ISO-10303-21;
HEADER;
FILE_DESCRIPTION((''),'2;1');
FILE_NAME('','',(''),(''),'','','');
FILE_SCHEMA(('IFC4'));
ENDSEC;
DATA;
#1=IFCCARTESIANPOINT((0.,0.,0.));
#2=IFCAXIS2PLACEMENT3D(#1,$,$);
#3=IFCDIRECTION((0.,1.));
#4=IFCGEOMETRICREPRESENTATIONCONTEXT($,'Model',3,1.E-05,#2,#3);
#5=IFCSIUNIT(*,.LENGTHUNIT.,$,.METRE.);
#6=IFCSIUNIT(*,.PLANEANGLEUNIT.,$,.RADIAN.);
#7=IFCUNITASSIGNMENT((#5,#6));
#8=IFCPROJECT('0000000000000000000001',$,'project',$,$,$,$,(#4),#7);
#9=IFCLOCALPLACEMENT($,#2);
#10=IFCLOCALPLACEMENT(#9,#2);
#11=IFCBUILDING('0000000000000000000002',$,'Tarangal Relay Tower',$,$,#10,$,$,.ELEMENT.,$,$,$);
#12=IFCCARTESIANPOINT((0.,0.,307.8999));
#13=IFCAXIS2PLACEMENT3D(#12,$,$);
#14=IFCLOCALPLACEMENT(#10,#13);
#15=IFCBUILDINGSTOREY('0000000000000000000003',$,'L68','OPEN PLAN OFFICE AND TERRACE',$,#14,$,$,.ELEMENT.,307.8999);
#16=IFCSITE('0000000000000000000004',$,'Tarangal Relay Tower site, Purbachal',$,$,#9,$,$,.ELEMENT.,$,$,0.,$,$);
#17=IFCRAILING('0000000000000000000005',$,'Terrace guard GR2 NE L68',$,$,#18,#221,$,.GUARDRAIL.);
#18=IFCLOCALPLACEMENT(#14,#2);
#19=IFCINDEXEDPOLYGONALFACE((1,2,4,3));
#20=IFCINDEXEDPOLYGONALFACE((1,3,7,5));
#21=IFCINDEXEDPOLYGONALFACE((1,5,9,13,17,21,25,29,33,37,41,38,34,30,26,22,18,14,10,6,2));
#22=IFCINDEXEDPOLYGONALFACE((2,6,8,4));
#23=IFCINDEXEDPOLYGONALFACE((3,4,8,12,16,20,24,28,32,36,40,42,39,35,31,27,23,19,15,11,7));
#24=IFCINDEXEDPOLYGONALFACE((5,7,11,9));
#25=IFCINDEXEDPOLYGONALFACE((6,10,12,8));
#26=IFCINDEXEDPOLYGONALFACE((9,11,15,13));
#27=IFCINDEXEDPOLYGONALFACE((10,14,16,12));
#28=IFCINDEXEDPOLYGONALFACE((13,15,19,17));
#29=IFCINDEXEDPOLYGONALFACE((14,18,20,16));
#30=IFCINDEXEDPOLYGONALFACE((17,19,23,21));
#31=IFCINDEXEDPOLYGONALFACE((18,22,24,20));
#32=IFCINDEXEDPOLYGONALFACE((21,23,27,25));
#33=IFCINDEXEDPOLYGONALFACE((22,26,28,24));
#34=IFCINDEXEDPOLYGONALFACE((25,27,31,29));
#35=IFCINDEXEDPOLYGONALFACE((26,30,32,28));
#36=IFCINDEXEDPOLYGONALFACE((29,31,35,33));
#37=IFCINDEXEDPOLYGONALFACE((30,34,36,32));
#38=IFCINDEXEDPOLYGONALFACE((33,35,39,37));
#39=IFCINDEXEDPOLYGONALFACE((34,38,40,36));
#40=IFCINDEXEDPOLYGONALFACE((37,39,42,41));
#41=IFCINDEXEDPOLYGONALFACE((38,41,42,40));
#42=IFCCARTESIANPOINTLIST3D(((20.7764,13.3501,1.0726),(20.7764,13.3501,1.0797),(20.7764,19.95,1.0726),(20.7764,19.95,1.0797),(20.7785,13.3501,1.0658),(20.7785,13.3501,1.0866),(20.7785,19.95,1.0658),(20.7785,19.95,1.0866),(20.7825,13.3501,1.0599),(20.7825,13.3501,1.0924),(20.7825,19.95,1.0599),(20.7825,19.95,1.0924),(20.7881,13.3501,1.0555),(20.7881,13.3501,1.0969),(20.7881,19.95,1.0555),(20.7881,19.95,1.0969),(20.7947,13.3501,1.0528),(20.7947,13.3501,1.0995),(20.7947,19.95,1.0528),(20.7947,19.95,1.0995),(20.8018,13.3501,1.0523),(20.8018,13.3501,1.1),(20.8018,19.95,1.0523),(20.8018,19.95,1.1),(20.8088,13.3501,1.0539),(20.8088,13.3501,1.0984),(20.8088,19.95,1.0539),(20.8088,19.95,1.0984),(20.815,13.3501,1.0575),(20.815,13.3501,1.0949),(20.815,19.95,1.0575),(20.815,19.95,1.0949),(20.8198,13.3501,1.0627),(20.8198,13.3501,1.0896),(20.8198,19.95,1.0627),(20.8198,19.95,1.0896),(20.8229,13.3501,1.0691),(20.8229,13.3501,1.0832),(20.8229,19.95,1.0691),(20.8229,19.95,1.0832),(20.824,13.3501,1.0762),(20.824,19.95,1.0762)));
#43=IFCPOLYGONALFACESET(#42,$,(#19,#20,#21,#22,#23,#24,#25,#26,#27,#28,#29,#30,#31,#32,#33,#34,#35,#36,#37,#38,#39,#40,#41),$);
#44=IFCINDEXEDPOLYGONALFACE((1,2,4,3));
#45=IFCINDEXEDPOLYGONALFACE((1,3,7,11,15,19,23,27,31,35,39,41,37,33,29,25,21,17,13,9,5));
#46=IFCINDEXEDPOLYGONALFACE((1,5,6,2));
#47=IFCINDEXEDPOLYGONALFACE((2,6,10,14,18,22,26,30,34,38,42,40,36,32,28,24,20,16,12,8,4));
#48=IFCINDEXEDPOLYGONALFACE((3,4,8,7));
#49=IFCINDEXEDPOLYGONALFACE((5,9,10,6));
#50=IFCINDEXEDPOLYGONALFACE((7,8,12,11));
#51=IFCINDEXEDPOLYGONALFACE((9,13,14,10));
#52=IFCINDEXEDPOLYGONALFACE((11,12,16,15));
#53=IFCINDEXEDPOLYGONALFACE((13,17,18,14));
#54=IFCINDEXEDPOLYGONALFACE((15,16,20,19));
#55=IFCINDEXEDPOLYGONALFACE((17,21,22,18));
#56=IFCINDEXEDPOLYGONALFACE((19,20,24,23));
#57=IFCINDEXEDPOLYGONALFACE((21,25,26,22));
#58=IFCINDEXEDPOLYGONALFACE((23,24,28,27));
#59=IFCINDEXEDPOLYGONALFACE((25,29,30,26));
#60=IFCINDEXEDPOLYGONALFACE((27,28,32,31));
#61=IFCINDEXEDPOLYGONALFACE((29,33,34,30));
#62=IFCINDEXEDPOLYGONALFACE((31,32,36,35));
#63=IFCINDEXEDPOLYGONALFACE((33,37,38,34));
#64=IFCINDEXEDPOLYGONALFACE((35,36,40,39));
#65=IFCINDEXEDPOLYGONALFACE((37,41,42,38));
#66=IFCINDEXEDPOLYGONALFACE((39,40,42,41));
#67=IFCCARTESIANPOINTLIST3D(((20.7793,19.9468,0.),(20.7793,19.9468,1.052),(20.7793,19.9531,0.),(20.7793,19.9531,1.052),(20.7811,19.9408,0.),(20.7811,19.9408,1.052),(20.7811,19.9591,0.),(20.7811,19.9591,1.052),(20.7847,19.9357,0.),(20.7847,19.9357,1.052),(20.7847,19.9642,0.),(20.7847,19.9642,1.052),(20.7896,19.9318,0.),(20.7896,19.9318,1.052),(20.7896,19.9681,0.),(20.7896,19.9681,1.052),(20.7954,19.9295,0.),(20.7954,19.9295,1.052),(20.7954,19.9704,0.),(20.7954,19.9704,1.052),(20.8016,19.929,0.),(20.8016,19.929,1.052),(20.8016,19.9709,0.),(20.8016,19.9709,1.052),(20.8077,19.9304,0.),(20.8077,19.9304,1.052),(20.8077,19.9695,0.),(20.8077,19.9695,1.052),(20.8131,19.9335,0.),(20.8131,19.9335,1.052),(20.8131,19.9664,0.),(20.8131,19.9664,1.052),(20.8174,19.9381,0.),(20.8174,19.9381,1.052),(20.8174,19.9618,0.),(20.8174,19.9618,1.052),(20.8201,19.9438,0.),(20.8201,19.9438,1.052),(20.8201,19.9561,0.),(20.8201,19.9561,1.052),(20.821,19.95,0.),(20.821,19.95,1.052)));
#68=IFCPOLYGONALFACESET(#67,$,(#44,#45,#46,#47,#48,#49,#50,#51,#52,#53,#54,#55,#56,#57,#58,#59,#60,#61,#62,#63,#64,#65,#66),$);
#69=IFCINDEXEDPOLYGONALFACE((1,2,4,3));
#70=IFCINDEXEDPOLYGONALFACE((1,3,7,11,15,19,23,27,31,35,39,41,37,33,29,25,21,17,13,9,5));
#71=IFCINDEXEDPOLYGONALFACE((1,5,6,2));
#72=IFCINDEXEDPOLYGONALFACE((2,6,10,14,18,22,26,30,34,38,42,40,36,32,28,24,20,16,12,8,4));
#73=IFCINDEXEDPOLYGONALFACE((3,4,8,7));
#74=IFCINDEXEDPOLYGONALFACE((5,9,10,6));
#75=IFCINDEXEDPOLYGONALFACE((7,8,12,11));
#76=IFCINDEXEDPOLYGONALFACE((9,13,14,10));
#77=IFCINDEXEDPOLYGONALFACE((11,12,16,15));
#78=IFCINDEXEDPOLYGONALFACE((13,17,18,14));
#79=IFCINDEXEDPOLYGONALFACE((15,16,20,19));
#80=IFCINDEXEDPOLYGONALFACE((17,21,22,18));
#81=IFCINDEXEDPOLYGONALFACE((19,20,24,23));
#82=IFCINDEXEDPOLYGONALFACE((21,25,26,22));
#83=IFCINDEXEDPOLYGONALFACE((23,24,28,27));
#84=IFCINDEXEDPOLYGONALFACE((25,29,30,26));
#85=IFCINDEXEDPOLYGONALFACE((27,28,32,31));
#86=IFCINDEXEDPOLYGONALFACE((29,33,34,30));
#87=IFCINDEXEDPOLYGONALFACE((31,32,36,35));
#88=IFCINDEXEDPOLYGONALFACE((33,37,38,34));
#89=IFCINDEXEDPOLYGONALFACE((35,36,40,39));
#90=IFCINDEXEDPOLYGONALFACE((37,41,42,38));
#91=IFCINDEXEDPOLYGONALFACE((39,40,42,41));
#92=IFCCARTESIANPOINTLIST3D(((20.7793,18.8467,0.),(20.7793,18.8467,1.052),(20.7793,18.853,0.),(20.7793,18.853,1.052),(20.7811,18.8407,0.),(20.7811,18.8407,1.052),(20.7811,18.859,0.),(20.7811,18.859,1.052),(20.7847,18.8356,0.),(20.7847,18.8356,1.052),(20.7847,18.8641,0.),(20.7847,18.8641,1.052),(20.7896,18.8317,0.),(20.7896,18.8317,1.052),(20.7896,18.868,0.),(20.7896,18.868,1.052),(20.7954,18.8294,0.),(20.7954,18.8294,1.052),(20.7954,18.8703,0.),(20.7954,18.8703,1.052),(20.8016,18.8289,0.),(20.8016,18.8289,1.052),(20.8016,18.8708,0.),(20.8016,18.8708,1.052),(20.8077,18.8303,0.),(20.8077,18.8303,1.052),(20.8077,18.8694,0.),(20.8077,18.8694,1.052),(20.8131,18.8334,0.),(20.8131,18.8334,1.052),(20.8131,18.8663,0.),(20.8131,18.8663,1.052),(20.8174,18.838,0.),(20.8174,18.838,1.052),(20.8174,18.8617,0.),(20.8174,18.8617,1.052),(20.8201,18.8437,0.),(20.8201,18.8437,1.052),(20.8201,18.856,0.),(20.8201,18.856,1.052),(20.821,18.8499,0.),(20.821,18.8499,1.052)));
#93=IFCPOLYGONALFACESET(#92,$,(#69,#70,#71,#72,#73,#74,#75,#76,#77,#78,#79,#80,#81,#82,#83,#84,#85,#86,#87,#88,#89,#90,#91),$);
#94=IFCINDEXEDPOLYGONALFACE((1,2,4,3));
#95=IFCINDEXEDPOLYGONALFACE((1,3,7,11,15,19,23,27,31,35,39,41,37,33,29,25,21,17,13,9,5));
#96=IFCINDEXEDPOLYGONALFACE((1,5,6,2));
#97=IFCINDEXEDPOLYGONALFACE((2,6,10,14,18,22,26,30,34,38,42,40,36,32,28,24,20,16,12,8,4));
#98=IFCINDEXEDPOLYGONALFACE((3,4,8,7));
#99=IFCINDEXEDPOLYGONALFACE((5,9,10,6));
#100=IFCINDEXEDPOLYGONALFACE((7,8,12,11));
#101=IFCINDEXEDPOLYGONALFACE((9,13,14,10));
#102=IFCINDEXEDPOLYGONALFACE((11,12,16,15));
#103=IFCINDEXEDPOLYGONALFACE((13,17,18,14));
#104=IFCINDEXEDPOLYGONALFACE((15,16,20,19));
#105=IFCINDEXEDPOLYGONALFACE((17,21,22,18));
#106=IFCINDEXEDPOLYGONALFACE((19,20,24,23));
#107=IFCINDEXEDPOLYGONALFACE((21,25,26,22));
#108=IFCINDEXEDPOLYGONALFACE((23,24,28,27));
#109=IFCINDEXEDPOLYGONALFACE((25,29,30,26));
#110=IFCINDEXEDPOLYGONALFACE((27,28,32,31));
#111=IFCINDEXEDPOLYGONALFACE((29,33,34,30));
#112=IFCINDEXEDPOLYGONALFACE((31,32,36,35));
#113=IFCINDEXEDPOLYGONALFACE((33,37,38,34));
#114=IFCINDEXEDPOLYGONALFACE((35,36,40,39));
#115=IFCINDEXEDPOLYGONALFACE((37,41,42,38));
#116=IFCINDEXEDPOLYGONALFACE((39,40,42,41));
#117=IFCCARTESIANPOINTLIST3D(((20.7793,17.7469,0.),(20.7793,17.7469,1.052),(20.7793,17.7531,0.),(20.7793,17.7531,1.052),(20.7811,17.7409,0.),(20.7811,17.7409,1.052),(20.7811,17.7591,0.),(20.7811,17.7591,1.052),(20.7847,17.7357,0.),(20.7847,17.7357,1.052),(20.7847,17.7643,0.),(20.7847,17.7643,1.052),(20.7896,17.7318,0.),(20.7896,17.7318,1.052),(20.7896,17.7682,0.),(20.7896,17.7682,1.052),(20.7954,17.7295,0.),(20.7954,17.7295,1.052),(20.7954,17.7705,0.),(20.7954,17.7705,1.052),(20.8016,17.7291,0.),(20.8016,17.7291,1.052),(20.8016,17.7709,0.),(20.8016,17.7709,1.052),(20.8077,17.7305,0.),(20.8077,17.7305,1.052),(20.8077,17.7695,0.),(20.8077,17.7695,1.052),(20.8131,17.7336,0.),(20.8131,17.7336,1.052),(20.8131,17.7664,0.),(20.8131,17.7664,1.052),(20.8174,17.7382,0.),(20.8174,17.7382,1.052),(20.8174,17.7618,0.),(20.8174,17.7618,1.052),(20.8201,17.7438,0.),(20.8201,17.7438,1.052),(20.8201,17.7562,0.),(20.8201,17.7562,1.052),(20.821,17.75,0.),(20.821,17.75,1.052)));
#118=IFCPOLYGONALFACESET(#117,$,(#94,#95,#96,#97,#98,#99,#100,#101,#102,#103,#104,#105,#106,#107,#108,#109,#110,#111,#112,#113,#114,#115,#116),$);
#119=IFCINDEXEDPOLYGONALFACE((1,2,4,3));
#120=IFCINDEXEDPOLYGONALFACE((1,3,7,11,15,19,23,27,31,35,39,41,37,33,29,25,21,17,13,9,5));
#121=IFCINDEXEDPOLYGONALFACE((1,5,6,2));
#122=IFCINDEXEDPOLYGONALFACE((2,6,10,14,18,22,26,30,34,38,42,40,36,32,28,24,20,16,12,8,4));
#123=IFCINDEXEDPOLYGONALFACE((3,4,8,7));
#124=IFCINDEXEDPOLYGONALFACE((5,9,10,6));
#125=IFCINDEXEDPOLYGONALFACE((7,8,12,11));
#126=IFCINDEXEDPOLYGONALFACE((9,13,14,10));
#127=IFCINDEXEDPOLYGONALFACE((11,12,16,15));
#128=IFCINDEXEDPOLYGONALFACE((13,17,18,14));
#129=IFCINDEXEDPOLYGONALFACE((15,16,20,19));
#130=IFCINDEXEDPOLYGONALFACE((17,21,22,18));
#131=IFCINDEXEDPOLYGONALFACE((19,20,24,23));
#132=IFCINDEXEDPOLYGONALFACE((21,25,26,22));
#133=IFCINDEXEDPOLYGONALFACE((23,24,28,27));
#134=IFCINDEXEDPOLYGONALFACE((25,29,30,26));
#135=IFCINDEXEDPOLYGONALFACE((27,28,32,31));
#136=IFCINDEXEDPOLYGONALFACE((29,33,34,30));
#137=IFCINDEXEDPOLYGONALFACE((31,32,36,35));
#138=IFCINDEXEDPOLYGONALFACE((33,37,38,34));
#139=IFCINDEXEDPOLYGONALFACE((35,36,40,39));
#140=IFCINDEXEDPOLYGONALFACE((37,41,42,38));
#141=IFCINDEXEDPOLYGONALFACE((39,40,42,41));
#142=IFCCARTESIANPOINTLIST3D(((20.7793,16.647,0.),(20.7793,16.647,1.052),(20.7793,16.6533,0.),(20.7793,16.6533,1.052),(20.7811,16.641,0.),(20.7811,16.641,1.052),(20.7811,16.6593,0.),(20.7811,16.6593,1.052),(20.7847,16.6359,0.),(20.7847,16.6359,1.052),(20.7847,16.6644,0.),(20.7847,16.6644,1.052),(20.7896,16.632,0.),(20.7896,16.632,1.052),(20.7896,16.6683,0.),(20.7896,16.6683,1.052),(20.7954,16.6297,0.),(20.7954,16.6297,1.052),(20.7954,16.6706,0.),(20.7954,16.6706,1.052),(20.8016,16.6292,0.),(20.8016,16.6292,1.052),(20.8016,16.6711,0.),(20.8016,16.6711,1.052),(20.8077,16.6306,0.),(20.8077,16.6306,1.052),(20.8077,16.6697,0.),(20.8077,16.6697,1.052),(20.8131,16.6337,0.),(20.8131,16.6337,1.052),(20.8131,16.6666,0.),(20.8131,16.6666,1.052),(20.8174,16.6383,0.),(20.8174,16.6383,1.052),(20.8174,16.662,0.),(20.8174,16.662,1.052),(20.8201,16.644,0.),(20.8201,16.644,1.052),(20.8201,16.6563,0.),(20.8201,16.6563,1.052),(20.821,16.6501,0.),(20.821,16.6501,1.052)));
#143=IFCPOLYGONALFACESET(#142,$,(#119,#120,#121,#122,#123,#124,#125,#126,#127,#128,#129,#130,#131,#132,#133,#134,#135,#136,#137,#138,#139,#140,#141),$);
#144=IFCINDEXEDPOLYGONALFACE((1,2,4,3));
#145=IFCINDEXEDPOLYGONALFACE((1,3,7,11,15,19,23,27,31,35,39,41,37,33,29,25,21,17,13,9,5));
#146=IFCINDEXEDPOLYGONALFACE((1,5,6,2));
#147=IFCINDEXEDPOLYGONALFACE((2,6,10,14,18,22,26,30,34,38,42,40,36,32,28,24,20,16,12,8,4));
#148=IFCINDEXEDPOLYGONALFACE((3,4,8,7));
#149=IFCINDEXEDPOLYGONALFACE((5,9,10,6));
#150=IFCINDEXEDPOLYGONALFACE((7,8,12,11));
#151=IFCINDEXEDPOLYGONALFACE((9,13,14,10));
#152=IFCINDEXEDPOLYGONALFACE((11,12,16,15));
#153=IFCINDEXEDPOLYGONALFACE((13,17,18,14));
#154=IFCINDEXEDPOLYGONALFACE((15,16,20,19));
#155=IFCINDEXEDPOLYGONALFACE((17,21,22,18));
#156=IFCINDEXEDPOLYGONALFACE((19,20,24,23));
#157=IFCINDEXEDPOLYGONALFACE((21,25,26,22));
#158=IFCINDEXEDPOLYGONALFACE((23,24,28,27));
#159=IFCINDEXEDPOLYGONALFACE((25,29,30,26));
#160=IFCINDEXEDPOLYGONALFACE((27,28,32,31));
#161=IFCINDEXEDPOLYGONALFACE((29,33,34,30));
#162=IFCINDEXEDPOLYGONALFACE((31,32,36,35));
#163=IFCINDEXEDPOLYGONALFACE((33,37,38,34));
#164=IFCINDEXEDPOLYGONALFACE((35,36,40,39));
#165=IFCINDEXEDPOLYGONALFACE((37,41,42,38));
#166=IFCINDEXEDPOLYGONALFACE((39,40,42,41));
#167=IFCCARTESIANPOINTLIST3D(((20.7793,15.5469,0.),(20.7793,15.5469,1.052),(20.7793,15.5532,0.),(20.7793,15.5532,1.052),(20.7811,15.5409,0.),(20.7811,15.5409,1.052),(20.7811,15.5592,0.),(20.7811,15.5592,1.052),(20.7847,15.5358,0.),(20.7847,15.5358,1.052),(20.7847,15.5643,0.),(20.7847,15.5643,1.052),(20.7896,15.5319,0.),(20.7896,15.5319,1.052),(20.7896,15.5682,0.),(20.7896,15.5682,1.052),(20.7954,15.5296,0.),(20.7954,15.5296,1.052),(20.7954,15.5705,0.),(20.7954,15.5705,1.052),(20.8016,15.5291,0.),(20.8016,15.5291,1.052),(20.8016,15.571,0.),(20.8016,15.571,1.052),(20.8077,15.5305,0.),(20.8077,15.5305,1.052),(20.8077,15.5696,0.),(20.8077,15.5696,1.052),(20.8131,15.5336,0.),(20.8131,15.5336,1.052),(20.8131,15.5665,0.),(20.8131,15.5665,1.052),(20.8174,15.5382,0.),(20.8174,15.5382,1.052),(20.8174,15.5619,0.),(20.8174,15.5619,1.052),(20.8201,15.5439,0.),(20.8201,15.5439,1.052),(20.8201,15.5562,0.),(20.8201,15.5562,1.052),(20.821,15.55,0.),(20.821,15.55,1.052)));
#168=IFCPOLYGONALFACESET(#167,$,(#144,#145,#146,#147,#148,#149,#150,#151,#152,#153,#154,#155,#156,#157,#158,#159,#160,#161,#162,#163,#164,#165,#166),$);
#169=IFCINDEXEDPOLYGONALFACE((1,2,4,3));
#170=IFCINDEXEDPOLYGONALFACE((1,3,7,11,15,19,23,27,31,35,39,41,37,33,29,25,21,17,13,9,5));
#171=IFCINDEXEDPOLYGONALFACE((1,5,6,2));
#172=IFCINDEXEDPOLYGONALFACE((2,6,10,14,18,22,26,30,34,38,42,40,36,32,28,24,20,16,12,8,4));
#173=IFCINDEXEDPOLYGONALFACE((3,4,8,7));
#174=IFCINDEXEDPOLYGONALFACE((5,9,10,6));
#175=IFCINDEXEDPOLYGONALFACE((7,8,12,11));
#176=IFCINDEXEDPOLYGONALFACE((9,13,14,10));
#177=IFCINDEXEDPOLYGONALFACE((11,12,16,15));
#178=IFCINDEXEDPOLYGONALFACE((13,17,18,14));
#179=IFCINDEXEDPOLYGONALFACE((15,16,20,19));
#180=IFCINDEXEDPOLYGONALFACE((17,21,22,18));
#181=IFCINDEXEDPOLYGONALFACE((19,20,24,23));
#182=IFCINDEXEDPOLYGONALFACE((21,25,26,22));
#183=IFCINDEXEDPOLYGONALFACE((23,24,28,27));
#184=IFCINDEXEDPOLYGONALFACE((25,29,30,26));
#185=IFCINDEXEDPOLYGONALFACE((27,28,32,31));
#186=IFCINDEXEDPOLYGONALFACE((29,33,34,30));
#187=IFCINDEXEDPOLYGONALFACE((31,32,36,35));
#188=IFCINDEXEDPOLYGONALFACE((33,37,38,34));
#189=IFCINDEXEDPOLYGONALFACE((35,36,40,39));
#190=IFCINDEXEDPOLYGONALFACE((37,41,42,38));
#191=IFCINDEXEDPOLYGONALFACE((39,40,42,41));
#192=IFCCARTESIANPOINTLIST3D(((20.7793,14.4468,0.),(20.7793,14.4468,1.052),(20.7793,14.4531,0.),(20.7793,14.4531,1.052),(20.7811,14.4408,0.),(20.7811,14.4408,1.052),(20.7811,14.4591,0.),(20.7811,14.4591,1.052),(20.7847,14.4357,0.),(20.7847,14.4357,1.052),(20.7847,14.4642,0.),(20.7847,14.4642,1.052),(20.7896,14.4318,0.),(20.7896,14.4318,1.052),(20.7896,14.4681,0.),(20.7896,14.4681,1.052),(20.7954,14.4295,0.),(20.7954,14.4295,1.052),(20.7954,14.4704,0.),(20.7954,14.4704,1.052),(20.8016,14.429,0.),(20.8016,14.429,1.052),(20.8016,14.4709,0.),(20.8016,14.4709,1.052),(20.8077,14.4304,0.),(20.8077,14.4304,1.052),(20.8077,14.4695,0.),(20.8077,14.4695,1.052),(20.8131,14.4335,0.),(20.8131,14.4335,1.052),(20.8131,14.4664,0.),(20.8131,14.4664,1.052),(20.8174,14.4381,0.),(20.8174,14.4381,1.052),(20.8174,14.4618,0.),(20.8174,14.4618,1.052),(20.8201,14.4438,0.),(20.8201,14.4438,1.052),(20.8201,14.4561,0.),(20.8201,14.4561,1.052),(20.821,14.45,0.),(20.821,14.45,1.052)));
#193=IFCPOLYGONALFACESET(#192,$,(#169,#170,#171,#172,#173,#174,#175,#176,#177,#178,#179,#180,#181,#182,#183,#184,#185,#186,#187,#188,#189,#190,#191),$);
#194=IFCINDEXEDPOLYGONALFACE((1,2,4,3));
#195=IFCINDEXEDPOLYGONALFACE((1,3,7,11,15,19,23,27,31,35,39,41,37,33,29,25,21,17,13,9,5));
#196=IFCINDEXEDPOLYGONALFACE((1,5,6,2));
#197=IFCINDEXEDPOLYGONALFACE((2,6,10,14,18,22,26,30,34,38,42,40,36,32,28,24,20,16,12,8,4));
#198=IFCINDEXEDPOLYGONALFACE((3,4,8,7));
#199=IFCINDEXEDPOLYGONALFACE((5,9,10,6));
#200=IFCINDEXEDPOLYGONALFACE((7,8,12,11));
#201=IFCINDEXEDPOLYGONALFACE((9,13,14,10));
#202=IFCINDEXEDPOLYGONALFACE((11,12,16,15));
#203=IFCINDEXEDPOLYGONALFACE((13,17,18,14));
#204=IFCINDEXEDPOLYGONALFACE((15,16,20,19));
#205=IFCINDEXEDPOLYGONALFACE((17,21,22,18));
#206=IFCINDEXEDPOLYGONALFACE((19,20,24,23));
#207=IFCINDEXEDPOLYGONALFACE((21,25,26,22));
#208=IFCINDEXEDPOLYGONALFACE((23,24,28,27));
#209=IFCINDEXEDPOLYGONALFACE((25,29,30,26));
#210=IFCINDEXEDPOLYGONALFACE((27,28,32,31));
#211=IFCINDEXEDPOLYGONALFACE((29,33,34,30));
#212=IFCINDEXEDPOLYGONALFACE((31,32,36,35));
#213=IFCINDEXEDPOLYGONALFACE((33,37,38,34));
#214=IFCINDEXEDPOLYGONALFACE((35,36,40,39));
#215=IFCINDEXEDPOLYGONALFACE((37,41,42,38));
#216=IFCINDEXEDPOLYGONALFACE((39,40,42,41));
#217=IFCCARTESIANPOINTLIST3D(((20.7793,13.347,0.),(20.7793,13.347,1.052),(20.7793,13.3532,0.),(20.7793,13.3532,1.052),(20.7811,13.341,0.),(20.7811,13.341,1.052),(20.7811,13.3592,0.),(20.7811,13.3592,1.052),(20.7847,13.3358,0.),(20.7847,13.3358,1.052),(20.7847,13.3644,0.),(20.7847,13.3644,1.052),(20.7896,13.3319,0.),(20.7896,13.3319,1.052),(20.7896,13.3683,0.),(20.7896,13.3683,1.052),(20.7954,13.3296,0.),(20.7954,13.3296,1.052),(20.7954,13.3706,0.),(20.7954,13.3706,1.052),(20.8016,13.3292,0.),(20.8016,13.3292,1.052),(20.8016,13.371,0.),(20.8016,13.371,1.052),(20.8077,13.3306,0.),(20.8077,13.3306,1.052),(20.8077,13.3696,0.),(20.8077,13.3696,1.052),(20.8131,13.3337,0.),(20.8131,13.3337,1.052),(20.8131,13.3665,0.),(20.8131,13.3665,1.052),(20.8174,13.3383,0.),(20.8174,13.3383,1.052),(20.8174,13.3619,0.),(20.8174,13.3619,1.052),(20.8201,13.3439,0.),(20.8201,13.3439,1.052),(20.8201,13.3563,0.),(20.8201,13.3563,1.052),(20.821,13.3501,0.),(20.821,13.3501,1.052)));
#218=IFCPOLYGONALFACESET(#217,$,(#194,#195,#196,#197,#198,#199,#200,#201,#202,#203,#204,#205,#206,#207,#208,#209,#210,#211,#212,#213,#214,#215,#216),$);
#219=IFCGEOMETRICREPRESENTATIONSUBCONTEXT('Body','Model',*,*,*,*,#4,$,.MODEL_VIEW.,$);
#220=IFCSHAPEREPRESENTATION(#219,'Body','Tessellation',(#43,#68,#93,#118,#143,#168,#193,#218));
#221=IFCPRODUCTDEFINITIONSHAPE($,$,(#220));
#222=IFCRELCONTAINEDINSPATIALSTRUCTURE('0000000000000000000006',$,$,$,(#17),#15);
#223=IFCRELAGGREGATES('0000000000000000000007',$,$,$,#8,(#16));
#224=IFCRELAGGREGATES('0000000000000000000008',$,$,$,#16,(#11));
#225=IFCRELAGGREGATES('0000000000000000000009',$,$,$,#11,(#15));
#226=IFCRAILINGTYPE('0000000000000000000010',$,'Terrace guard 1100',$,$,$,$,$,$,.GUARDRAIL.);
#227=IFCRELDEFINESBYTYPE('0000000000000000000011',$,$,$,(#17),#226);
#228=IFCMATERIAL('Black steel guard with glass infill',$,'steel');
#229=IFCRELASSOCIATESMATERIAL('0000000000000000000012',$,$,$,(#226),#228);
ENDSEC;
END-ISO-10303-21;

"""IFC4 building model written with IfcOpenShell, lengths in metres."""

from ifc_helpers import new_model, si_unit, direction, frame, origin, origin_2d, place, context, subcontext, project, spatial, circle, extrude, material, type_object, element, save


model = new_model("IFC4")

# Units and contexts
model_context = context("Model", 3, precision=1e-05, world=origin(), true_north=direction((0.0, 1.0)))
body_context = subcontext(model_context, "Body", "Model", "MODEL_VIEW")
ifc_project = project(units=[si_unit("LENGTHUNIT", "METRE"), si_unit("PLANEANGLEUNIT", "RADIAN")], contexts=[model_context])

# Site, building, storey
site_placement = place(None, origin())
site = spatial("IfcSite", under=ifc_project, at=site_placement, Name="Tarangal Relay Tower site, Purbachal", CompositionType="ELEMENT", RefElevation=0.0)
building_placement = place(site_placement, origin())
building = spatial("IfcBuilding", under=site, at=building_placement, Name="Tarangal Relay Tower", CompositionType="ELEMENT")
storey_placement = place(building_placement, frame((0.0, 0.0, 307.8999)))
storey = spatial("IfcBuildingStorey", under=building, at=storey_placement, Name="L68", Description="OPEN PLAN OFFICE AND TERRACE", CompositionType="ELEMENT", Elevation=307.8999)

# Railing
ifc_material_1 = material(Name="Black steel guard with glass infill", Category="steel")
railing_type = type_object("IfcRailingType", Name="Terrace guard 1100", PredefinedType="GUARDRAIL", material=ifc_material_1)
railing_1_placement = place(storey_placement, frame((20.8, 19.95, 0.0)))
element("IfcRailing", 1, at=railing_1_placement, inside=storey, type_object=railing_type, Name="Terrace guard GR2 NE L68", PredefinedType="GUARDRAIL", context=body_context, shape_type="SweptSolid", body=[
    extrude(circle(Radius=0.0239, at=origin_2d()), frame((0.0, 0.0, 1.0762), z_axis=(0.0, -1.0, 0.0), x_axis=(1.0, 0.0, 0.0)), (0.0, 0.0, 1.0), 6.5999),
    extrude(circle(Radius=0.021, at=origin_2d()), origin(), (0.0, 0.0, 1.0), 1.052),
    extrude(circle(Radius=0.021, at=origin_2d()), frame((0.0, -1.1001, 0.0)), (0.0, 0.0, 1.0), 1.052),
    extrude(circle(Radius=0.021, at=origin_2d()), frame((0.0, -2.2, 0.0)), (0.0, 0.0, 1.0), 1.052),
    extrude(circle(Radius=0.021, at=origin_2d()), frame((0.0, -3.2998, 0.0)), (0.0, 0.0, 1.0), 1.052),
    extrude(circle(Radius=0.021, at=origin_2d()), frame((0.0, -4.3999, 0.0)), (0.0, 0.0, 1.0), 1.052),
    extrude(circle(Radius=0.021, at=origin_2d()), frame((0.0, -5.5, 0.0)), (0.0, 0.0, 1.0), 1.052),
    extrude(circle(Radius=0.021, at=origin_2d()), frame((0.0, -6.5999, 0.0)), (0.0, 0.0, 1.0), 1.052),
])

save(model, "model.ifc")
